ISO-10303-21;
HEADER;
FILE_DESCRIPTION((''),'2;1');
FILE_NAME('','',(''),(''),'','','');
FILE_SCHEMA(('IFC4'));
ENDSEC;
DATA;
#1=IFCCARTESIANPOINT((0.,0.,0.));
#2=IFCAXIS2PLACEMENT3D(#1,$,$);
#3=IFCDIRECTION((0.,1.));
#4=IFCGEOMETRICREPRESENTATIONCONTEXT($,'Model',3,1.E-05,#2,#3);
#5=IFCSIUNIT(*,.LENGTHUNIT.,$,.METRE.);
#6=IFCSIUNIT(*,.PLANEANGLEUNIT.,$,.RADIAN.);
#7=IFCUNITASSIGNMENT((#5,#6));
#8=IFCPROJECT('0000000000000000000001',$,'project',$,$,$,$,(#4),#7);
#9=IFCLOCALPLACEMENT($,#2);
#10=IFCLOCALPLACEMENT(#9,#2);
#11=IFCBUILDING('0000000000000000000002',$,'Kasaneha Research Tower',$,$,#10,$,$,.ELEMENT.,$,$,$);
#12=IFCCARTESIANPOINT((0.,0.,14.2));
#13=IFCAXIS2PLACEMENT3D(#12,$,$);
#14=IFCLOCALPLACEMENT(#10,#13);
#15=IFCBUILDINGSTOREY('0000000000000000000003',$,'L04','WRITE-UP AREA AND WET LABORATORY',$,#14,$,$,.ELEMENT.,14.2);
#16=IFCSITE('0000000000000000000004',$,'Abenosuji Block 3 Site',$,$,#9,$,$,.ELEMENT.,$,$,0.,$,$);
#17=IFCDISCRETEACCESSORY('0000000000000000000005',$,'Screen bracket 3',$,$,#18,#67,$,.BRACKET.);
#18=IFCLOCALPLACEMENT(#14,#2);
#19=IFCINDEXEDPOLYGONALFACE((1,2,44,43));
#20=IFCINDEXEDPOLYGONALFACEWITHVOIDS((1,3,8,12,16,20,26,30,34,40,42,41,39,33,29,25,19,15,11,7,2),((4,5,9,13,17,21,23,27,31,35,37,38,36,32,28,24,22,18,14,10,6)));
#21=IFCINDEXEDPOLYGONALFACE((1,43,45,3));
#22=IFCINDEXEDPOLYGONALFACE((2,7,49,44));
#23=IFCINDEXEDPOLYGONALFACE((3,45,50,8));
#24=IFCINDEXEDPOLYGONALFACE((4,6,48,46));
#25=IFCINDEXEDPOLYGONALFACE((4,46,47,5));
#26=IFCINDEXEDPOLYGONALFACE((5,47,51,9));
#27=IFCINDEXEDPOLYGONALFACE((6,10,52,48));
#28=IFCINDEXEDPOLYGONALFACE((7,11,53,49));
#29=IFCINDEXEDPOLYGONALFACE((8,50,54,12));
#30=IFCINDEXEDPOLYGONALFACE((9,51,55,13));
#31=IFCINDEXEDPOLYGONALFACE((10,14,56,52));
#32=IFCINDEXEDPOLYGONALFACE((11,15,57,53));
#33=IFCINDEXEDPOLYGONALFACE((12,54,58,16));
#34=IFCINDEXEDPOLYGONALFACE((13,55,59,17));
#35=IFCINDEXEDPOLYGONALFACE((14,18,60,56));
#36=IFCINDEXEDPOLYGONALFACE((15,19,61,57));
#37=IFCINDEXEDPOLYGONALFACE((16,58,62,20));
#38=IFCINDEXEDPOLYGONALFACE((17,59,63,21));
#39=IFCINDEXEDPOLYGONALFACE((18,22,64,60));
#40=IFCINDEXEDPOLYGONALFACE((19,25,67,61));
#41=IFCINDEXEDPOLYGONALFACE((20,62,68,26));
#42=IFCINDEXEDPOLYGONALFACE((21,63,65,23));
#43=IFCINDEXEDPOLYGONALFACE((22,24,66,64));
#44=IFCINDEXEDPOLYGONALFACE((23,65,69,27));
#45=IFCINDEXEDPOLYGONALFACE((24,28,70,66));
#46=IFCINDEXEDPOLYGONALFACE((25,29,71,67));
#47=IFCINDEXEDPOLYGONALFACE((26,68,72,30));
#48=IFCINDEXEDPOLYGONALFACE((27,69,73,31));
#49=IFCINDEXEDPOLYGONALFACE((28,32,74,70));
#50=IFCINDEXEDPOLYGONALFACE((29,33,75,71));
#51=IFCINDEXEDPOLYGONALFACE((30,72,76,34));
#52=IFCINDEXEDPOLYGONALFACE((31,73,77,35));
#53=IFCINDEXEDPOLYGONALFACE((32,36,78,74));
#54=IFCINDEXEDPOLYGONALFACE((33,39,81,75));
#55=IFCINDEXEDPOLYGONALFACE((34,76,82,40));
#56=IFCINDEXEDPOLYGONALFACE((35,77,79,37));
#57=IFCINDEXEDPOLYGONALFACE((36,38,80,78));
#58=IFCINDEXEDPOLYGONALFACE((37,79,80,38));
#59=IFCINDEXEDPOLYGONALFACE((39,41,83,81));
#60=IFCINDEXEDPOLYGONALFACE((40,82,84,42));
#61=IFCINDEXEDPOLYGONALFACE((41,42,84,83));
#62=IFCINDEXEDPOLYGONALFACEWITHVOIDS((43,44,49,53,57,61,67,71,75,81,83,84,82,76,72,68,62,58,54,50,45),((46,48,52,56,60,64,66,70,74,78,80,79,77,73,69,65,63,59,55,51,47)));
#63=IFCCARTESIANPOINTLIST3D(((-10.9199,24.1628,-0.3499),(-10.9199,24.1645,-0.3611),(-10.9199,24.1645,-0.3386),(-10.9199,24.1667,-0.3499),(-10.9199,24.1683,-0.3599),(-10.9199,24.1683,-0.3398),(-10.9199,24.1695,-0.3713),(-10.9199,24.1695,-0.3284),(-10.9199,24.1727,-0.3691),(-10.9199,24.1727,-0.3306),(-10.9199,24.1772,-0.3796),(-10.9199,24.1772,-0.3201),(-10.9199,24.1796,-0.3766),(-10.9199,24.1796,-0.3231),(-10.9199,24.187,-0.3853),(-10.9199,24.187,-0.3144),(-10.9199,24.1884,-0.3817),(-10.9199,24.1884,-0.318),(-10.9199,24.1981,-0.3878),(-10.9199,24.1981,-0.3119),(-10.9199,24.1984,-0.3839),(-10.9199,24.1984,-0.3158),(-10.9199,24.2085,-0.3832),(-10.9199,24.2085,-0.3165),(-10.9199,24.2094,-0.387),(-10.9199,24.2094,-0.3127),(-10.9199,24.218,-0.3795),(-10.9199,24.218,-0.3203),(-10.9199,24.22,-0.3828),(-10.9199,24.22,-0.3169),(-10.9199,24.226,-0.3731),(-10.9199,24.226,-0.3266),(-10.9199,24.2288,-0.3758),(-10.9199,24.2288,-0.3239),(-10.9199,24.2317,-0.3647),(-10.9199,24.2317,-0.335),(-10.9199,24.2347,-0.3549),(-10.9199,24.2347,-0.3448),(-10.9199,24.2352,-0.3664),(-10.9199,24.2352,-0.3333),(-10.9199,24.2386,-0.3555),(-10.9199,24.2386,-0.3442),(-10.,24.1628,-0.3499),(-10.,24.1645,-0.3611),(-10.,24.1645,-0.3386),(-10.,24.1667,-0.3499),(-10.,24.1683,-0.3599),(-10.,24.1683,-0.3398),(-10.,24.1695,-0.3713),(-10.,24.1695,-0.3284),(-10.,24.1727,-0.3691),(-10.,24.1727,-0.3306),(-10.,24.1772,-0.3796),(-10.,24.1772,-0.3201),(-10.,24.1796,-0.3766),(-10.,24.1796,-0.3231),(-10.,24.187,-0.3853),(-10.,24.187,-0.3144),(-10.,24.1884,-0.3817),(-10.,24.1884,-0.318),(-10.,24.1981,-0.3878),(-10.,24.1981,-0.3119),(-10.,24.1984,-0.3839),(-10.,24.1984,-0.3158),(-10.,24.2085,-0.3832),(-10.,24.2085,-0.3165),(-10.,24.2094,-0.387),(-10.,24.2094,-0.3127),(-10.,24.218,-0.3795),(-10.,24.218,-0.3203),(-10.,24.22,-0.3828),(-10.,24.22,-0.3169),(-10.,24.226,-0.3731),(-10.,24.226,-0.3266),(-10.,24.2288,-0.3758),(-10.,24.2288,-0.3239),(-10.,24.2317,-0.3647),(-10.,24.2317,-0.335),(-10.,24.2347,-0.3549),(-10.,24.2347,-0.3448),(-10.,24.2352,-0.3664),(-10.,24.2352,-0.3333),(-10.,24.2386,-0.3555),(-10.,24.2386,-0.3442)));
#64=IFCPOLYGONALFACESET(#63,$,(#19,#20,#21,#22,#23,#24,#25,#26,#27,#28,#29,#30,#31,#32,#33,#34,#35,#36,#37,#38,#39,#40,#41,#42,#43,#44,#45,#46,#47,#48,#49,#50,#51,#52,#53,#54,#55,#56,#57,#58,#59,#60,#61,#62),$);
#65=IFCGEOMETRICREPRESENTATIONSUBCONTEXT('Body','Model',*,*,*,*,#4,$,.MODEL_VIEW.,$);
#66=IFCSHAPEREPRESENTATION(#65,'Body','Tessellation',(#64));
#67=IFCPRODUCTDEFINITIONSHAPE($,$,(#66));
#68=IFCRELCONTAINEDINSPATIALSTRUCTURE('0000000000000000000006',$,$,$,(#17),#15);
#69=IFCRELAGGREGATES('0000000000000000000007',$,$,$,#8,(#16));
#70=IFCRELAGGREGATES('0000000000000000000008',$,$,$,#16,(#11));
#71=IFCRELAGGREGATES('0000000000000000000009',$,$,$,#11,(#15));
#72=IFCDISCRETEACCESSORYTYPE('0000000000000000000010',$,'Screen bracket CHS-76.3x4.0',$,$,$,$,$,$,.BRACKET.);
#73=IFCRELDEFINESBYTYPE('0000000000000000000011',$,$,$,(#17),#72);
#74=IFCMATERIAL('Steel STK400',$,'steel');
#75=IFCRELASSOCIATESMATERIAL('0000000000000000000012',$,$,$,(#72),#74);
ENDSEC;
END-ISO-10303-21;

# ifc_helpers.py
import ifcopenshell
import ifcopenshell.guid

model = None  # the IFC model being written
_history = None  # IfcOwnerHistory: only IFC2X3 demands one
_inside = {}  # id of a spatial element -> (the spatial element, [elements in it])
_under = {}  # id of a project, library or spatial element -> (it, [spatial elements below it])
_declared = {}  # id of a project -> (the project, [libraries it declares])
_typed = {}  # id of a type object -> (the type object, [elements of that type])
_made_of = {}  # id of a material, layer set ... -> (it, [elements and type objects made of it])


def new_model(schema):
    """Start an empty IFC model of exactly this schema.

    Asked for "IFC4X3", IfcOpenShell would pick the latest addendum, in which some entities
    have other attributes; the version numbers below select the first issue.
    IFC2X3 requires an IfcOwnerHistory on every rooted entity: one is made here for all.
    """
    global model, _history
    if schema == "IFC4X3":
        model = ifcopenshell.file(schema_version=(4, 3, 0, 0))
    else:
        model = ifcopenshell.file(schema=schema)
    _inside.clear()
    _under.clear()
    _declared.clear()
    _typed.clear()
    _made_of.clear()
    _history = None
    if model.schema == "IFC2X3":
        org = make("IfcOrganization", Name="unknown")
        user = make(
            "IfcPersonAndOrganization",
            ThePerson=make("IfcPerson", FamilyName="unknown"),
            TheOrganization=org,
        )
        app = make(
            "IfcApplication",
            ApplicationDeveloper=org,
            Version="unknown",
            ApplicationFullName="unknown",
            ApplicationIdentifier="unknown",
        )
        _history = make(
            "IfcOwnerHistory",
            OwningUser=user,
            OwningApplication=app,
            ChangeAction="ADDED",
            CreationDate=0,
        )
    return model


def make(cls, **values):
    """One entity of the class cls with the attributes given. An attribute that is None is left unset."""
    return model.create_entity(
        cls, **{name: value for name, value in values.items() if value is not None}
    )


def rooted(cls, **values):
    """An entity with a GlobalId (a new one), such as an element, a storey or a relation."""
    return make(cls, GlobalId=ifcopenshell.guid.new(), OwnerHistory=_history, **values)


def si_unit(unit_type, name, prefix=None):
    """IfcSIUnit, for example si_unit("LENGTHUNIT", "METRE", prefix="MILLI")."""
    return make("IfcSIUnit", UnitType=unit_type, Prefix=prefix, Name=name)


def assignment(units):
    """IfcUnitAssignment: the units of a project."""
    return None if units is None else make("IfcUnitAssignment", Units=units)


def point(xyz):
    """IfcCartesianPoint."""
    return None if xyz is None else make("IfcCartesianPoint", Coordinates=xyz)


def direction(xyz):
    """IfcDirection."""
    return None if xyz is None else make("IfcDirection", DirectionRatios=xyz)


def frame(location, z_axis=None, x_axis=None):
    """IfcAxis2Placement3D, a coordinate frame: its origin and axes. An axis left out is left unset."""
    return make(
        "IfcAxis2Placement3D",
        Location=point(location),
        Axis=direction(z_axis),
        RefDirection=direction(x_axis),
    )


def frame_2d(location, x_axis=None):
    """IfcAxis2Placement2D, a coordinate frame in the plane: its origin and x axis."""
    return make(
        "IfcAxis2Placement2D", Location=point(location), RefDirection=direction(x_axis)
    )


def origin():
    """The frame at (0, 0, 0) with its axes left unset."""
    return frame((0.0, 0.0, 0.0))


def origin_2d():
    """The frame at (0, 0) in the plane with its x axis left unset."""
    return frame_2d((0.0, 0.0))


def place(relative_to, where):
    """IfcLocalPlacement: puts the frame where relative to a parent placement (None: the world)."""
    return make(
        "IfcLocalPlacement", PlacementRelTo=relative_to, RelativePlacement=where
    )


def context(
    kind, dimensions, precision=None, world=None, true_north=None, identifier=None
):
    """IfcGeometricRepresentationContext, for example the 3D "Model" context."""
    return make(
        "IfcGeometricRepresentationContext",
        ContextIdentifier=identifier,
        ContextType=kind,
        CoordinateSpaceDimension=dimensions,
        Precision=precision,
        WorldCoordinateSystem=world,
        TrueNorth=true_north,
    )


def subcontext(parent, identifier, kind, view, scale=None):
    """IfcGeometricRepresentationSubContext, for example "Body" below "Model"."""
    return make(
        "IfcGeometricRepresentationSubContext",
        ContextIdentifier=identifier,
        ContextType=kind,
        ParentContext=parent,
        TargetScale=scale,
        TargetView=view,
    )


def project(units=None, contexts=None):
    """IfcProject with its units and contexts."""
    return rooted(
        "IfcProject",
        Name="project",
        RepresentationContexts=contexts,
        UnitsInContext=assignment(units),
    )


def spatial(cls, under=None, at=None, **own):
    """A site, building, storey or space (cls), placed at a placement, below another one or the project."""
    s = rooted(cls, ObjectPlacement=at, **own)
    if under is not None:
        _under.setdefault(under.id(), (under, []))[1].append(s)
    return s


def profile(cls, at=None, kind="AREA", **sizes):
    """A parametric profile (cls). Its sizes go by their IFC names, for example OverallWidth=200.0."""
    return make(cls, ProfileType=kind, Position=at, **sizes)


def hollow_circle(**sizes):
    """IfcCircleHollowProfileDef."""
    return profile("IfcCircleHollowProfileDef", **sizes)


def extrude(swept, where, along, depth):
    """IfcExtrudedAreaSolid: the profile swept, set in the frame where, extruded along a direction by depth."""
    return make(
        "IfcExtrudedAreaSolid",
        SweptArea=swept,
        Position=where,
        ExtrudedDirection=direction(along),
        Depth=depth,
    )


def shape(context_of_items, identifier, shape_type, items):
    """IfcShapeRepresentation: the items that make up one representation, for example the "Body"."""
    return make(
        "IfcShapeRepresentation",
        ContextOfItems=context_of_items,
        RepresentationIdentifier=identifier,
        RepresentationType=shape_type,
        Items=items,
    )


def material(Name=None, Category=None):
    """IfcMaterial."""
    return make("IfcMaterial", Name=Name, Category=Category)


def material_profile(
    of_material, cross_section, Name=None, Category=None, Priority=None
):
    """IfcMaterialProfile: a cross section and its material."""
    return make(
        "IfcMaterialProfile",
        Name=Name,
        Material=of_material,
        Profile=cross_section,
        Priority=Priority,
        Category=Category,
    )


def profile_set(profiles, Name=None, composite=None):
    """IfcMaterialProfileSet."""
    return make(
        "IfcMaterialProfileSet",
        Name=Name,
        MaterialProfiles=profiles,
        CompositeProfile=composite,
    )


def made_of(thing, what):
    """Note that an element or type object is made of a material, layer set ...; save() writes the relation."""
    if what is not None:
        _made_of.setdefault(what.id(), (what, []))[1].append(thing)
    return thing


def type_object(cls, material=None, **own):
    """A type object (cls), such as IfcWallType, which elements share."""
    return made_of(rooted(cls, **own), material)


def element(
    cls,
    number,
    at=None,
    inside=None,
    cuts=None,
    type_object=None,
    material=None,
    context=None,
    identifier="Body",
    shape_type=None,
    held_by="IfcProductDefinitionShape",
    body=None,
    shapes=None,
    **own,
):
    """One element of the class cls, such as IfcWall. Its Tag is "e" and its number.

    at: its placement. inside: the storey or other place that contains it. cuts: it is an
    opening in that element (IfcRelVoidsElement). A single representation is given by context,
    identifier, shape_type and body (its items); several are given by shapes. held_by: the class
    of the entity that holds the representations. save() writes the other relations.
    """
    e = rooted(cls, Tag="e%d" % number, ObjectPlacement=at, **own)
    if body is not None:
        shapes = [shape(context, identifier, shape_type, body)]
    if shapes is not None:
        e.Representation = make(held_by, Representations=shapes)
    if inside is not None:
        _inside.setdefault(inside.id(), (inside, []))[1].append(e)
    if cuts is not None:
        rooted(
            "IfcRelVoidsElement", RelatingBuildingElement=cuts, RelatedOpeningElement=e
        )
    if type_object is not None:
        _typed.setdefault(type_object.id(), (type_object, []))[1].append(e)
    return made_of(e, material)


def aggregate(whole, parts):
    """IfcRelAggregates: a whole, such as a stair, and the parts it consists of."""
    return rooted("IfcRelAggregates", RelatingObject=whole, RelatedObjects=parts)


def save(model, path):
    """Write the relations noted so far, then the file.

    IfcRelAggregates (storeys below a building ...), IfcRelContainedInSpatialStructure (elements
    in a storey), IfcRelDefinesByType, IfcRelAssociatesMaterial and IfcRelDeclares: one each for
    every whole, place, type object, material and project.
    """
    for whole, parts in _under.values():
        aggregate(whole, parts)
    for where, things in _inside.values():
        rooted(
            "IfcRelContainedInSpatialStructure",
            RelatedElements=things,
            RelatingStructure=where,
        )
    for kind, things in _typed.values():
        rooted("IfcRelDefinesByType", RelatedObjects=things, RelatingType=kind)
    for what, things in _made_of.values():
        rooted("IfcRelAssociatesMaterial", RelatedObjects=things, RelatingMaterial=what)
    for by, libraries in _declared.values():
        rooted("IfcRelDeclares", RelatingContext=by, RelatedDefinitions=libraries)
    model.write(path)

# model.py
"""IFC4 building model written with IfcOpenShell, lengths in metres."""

from ifc_helpers import new_model, si_unit, direction, frame, origin, origin_2d, place, context, subcontext, project, spatial, hollow_circle, extrude, material, material_profile, profile_set, type_object, element, save


model = new_model("IFC4")

# Units and contexts
model_context = context("Model", 3, precision=1e-05, world=origin(), true_north=direction((0.0, 1.0)))
body_context = subcontext(model_context, "Body", "Model", "MODEL_VIEW")
ifc_project = project(units=[si_unit("LENGTHUNIT", "METRE"), si_unit("PLANEANGLEUNIT", "RADIAN")], contexts=[model_context])

# Site, building, storey
site_placement = place(None, origin())
site = spatial("IfcSite", under=ifc_project, at=site_placement, Name="Abenosuji Block 3 Site", CompositionType="ELEMENT", RefElevation=0.0)
building_placement = place(site_placement, origin())
building = spatial("IfcBuilding", under=site, at=building_placement, Name="Kasaneha Research Tower", CompositionType="ELEMENT")
storey_placement = place(building_placement, frame((0.0, 0.0, 14.2)))
storey = spatial("IfcBuildingStorey", under=building, at=storey_placement, Name="L04", Description="WRITE-UP AREA AND WET LABORATORY", CompositionType="ELEMENT", Elevation=14.2)

# Discrete accessory
ifc_material_1 = material(Name="Steel STK400", Category="steel")
ifc_material_profile_1 = material_profile(ifc_material_1, hollow_circle(Radius=0.0381, WallThickness=0.0039, at=origin_2d()), Name="CHS-76.3x4.0")
ifc_profile_set_1 = profile_set([ifc_material_profile_1], Name="Steel STK400")
discrete_accessory_type = type_object("IfcDiscreteAccessoryType", Name="Screen bracket CHS-76.3x4.0", PredefinedType="BRACKET", material=ifc_profile_set_1)
for number, where, z_axis, x_axis, name in (
    (1, (-10.0, 24.2009, -0.3499), (-1.0, 0.0, 0.0), (0.0, -1.0, 0.0), "Screen bracket 3"),
):
    element("IfcDiscreteAccessory", number, at=place(storey_placement, frame(where, z_axis=z_axis, x_axis=x_axis)), inside=storey, type_object=discrete_accessory_type, Name=name, PredefinedType="BRACKET", context=body_context, shape_type="SweptSolid", body=[
        extrude(hollow_circle(Radius=0.0381, WallThickness=0.0039, at=origin_2d()), origin(), (0.0, 0.0, 1.0), 0.9199),
    ])

save(model, "model.ifc")
